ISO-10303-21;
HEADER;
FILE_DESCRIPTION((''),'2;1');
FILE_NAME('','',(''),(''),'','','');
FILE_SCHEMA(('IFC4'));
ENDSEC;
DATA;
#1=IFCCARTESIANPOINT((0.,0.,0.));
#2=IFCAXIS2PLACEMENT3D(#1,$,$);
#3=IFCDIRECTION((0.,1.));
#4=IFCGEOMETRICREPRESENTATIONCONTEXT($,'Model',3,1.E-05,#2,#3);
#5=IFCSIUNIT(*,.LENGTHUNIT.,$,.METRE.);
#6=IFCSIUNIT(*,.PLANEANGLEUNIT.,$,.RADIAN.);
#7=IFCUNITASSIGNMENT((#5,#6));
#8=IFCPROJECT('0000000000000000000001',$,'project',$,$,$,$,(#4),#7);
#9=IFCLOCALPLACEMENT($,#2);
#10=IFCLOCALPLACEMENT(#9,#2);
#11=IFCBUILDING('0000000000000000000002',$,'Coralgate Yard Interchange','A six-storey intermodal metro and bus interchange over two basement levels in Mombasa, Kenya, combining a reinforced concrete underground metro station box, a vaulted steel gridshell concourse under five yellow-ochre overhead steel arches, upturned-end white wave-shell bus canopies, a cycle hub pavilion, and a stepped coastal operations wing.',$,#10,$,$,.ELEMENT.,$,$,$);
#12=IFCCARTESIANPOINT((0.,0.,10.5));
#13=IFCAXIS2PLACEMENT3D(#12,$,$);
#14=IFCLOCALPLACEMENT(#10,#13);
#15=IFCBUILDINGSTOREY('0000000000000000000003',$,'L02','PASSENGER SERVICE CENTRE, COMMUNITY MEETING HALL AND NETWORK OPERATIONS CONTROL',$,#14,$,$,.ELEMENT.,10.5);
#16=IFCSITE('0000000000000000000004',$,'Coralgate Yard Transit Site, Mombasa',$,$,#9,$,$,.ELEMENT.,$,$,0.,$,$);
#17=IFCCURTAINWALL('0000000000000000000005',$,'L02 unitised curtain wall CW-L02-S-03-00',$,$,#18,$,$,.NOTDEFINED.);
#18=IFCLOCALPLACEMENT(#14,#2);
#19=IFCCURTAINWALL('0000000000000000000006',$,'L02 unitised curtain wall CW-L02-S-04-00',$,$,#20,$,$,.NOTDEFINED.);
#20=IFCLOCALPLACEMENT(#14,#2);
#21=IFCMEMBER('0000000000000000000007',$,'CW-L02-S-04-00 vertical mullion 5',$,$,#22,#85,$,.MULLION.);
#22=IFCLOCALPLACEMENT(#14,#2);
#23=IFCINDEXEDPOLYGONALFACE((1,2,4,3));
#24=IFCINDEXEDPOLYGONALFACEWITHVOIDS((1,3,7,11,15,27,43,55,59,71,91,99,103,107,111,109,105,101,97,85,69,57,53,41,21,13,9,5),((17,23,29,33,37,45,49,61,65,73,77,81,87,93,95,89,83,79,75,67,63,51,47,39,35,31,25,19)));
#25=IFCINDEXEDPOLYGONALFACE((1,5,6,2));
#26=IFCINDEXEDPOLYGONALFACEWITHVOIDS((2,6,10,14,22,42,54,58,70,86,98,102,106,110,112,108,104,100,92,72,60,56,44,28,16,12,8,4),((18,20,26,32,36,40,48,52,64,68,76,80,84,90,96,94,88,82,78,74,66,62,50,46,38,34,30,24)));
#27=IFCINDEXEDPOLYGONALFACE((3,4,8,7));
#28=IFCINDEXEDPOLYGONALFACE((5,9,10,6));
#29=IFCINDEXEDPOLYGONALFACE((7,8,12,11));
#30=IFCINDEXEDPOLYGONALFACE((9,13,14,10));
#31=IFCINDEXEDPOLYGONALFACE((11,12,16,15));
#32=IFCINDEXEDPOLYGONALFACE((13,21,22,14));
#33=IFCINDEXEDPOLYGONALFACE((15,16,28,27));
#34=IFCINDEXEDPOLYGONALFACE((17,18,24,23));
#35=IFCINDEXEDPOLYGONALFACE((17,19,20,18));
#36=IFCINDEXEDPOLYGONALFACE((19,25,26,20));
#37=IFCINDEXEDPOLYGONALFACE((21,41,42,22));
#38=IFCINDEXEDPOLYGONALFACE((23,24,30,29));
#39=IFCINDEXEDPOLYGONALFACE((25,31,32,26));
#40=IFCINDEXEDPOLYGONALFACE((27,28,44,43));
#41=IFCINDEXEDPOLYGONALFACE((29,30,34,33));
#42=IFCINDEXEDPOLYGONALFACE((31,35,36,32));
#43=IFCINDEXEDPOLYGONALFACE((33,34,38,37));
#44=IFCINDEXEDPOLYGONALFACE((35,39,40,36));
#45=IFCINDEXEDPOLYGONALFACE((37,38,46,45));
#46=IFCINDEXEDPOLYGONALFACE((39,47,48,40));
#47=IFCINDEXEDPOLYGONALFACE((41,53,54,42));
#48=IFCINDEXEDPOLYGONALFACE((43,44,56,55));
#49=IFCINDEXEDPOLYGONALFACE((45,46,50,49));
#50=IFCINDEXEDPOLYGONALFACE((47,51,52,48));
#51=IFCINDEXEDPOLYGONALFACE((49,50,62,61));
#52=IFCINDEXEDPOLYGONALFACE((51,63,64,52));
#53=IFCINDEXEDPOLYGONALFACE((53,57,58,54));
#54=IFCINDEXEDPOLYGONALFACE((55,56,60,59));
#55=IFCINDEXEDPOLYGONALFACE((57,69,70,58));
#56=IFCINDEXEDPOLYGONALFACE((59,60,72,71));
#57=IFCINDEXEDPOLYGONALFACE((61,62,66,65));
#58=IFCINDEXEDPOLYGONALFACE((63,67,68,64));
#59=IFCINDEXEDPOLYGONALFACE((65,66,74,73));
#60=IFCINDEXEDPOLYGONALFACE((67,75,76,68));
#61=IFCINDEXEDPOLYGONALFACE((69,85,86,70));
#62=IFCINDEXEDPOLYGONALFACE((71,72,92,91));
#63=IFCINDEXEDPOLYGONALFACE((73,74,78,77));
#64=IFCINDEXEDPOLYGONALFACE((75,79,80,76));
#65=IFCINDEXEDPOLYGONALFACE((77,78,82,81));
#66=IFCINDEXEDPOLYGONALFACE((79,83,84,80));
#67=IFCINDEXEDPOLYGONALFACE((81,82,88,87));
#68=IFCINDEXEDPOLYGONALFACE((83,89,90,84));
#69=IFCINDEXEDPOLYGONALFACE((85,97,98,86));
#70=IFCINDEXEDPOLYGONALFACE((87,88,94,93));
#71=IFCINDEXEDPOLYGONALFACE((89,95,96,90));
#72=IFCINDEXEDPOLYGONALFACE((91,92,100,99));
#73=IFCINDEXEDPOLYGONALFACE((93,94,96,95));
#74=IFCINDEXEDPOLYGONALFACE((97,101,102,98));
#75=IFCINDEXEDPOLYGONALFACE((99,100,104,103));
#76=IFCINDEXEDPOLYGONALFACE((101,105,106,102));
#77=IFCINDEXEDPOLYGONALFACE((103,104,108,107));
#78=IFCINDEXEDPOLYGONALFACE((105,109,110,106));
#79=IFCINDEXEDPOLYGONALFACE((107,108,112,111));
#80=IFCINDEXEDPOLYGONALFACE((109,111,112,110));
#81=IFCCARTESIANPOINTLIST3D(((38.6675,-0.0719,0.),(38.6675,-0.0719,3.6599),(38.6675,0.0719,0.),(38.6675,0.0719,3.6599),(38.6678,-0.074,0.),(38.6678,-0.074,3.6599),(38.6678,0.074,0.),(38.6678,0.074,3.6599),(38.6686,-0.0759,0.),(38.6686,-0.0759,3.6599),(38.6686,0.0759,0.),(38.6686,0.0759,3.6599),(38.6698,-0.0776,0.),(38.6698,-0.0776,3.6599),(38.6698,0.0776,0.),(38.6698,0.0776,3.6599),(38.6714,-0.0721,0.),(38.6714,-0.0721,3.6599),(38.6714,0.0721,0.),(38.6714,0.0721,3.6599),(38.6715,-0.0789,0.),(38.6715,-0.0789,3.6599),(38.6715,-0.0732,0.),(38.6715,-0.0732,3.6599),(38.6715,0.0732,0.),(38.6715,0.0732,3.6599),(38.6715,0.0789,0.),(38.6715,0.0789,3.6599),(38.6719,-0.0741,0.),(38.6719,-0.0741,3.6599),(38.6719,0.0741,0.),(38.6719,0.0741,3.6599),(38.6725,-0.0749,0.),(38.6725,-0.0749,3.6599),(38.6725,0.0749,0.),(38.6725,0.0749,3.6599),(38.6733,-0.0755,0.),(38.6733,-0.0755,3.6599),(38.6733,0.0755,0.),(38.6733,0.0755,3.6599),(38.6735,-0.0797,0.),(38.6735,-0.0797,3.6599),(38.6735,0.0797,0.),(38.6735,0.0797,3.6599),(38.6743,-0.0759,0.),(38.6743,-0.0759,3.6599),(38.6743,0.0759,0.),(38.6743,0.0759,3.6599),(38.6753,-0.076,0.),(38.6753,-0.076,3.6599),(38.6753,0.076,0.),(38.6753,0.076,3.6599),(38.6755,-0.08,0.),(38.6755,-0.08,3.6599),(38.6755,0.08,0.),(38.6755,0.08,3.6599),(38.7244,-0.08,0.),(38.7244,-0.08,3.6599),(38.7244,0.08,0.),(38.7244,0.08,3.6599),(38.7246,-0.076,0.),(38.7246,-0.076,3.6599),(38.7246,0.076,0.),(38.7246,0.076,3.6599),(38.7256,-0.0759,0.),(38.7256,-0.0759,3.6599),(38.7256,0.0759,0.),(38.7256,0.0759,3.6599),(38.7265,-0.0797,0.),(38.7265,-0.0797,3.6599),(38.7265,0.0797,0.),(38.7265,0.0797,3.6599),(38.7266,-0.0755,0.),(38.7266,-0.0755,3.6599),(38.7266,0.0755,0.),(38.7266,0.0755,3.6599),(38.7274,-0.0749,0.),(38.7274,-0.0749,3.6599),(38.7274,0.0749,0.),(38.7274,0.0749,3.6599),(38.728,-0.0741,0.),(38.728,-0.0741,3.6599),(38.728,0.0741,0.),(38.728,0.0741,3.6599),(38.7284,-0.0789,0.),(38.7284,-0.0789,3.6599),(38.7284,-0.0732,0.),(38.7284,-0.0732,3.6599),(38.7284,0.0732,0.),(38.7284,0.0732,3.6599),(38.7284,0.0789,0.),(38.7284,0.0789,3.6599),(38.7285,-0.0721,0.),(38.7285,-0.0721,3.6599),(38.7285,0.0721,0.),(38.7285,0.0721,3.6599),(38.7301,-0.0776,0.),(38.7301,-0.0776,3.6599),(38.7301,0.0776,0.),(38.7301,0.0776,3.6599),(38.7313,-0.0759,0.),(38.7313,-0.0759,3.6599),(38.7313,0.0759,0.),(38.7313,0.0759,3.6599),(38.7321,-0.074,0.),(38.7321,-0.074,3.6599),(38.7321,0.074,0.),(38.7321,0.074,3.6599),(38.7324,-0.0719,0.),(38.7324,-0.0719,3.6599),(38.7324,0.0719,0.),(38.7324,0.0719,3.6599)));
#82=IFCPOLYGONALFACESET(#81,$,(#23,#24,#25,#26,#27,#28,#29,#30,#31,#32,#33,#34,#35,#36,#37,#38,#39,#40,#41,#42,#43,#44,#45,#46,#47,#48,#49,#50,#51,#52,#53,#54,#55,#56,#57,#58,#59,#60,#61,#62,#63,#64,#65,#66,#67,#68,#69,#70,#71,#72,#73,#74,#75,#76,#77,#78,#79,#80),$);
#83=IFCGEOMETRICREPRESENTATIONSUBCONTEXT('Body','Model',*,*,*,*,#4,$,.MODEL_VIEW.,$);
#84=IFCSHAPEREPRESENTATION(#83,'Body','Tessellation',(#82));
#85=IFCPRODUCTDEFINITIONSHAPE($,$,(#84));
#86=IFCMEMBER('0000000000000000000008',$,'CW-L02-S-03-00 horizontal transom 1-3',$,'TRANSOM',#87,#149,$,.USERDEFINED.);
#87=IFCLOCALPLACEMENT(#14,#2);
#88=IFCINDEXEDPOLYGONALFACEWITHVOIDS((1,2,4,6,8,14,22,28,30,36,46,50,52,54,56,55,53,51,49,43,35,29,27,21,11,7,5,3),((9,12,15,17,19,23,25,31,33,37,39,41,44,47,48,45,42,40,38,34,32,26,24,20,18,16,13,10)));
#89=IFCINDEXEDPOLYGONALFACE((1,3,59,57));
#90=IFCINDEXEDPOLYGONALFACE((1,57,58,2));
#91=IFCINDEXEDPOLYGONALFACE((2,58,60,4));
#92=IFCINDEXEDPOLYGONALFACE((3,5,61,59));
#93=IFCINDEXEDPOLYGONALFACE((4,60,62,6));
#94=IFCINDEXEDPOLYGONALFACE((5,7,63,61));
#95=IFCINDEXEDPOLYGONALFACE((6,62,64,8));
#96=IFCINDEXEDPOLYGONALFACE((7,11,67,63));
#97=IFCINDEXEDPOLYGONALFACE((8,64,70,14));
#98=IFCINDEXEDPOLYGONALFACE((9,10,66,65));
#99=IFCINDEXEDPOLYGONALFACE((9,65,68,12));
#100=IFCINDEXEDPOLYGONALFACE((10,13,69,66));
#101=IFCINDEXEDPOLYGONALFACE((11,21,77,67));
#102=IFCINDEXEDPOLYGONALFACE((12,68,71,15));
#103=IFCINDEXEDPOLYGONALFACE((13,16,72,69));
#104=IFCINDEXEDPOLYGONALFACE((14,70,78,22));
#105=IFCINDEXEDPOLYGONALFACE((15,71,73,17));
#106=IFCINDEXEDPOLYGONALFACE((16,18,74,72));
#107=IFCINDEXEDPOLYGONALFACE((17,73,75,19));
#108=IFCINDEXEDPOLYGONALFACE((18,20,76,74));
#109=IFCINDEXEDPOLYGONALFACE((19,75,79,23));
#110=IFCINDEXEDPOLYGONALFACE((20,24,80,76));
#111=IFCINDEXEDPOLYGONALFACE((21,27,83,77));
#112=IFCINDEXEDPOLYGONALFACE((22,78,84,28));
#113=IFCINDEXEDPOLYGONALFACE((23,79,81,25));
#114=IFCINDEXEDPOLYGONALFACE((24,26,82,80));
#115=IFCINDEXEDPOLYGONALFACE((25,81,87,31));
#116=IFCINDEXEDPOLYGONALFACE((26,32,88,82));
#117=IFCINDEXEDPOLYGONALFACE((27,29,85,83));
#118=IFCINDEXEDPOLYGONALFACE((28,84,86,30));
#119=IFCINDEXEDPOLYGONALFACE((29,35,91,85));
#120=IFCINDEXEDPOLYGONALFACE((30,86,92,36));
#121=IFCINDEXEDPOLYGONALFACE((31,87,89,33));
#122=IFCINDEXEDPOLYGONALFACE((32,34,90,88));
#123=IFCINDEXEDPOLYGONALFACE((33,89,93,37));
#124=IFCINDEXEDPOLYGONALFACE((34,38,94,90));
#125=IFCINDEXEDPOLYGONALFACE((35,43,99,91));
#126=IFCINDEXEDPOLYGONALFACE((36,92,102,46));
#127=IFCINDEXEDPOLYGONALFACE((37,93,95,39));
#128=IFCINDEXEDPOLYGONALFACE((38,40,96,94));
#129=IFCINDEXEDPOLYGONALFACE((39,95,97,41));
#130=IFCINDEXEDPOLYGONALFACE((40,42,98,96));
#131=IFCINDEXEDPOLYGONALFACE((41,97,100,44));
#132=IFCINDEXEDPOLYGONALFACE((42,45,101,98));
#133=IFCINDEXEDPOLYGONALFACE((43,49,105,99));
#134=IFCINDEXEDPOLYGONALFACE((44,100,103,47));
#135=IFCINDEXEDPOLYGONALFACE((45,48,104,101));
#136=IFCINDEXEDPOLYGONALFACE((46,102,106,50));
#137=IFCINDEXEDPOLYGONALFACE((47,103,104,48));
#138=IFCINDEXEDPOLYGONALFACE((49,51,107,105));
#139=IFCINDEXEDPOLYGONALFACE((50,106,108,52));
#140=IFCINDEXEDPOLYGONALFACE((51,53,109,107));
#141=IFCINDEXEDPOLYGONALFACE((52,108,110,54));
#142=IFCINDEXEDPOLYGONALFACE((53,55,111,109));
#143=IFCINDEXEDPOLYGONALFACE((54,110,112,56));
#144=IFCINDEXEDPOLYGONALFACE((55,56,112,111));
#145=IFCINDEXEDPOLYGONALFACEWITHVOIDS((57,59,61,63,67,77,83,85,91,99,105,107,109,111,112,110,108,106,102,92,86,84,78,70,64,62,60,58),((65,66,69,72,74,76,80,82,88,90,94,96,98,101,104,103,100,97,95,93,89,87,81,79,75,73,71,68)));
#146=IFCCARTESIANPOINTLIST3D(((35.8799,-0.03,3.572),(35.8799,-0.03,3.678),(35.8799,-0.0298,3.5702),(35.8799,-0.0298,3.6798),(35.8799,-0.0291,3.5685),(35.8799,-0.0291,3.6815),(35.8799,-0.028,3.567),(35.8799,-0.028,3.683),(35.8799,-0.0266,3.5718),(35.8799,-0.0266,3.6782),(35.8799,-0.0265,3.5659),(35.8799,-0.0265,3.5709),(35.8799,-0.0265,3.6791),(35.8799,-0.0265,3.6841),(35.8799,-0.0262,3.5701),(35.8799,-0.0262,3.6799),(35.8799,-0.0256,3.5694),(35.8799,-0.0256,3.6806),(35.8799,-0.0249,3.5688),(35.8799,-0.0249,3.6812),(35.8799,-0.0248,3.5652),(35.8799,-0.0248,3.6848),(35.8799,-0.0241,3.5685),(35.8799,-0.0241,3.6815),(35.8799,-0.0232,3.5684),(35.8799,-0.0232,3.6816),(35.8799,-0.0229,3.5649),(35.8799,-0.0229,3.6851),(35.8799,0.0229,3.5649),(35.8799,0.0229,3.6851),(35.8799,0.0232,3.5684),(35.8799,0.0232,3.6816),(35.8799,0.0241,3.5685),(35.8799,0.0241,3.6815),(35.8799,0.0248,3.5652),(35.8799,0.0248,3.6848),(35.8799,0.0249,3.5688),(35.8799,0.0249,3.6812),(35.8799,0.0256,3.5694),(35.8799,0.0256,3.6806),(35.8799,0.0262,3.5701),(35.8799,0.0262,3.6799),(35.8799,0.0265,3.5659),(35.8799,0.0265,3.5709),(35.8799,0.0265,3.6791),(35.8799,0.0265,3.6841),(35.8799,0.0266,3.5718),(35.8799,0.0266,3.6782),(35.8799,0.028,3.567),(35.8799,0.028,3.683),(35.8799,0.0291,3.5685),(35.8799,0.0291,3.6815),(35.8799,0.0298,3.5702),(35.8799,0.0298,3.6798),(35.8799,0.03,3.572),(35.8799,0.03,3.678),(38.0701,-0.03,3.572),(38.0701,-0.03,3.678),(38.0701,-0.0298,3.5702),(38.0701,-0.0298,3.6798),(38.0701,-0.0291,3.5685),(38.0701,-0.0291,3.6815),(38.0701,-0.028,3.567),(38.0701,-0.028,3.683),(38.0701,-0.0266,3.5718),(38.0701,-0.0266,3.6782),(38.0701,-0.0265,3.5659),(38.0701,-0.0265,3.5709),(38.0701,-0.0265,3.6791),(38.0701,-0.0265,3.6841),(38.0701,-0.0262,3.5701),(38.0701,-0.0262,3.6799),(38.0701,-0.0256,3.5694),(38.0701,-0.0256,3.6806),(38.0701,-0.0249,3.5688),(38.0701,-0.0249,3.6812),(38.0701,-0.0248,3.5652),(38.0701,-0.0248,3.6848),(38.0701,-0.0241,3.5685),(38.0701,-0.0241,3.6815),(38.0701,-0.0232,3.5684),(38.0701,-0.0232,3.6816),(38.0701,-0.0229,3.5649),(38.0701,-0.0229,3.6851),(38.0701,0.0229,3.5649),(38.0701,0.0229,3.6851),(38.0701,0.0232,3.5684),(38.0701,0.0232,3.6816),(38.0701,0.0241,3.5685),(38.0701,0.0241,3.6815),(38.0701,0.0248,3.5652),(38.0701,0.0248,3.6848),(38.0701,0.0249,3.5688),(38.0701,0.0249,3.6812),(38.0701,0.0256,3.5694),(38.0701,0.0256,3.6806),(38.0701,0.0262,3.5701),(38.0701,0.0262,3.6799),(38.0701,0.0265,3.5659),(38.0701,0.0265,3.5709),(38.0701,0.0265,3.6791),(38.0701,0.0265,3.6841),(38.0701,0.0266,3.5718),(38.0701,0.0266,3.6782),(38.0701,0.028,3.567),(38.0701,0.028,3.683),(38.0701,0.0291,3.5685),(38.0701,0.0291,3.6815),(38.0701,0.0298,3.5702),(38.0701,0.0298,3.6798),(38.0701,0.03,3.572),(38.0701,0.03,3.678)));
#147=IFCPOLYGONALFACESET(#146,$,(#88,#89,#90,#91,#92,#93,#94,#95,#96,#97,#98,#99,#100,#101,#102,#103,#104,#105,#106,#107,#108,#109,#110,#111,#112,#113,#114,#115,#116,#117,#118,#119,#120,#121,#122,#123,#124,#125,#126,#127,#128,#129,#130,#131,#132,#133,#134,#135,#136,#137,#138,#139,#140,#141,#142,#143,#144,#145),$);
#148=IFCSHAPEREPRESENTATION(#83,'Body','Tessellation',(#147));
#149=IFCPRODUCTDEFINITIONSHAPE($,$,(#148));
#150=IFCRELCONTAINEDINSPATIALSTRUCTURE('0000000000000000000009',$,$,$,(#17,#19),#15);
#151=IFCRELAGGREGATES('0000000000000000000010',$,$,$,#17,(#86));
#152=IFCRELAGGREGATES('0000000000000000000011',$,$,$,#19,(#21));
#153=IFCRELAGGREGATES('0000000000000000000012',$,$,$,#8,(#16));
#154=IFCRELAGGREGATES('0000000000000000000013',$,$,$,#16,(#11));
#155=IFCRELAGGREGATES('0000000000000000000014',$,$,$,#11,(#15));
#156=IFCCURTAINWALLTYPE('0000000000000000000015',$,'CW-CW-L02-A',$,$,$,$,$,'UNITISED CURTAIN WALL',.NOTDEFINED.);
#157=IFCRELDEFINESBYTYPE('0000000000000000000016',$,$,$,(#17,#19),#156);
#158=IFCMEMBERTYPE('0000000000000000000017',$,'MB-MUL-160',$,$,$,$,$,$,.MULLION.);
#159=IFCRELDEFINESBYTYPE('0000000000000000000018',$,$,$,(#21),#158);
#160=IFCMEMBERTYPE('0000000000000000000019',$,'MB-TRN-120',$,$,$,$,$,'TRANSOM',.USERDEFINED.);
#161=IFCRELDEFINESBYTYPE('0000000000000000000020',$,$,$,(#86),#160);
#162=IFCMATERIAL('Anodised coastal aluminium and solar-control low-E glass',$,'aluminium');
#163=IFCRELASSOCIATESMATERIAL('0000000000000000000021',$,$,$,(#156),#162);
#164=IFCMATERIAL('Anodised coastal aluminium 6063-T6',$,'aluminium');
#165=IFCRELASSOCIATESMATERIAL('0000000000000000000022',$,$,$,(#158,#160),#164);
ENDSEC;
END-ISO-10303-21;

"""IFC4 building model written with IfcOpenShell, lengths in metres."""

from ifc_helpers import new_model, si_unit, direction, frame, origin, origin_2d, place, context, subcontext, project, spatial, hollow_rectangle, extrude, material, material_profile, profile_set, type_object, element, aggregate, save


model = new_model("IFC4")

# Units and contexts
model_context = context("Model", 3, precision=1e-05, world=origin(), true_north=direction((0.0, 1.0)))
body_context = subcontext(model_context, "Body", "Model", "MODEL_VIEW")
ifc_project = project(units=[si_unit("LENGTHUNIT", "METRE"), si_unit("PLANEANGLEUNIT", "RADIAN")], contexts=[model_context])

# Site, building, storey
site_placement = place(None, origin())
site = spatial("IfcSite", under=ifc_project, at=site_placement, Name="Coralgate Yard Transit Site, Mombasa", CompositionType="ELEMENT", RefElevation=0.0)
building_placement = place(site_placement, origin())
building = spatial("IfcBuilding", under=site, at=building_placement, Name="Coralgate Yard Interchange", Description="A six-storey intermodal metro and bus interchange over two basement levels in Mombasa, Kenya, combining a reinforced concrete underground metro station box, a vaulted steel gridshell concourse under five yellow-ochre overhead steel arches, upturned-end white wave-shell bus canopies, a cycle hub pavilion, and a stepped coastal operations wing.", CompositionType="ELEMENT")
storey_placement = place(building_placement, frame((0.0, 0.0, 10.5)))
storey = spatial("IfcBuildingStorey", under=building, at=storey_placement, Name="L02", Description="PASSENGER SERVICE CENTRE, COMMUNITY MEETING HALL AND NETWORK OPERATIONS CONTROL", CompositionType="ELEMENT", Elevation=10.5)

# Curtain wall
ifc_material_1 = material(Name="Anodised coastal aluminium and solar-control low-E glass", Category="aluminium")
curtain_wall_type = type_object("IfcCurtainWallType", Name="CW-CW-L02-A", ElementType="UNITISED CURTAIN WALL", PredefinedType="NOTDEFINED", material=ifc_material_1)
curtain_wall_1_placement = place(storey_placement, origin())
curtain_wall_1 = element("IfcCurtainWall", 1, at=curtain_wall_1_placement, inside=storey, type_object=curtain_wall_type, Name="L02 unitised curtain wall CW-L02-S-03-00", PredefinedType="NOTDEFINED")
ifc_material_2 = material(Name="Anodised coastal aluminium 6063-T6", Category="aluminium")
ifc_material_profile_1 = material_profile(ifc_material_2, hollow_rectangle(XDim=0.0649, YDim=0.1599, WallThickness=0.0039, InnerFilletRadius=0.0039, OuterFilletRadius=0.0081, at=origin_2d()), Name="ALU 65x160x4")
ifc_profile_set_1 = profile_set([ifc_material_profile_1], Name="Anodised coastal aluminium 6063-T6")
member_type_1 = type_object("IfcMemberType", Name="MB-MUL-160", PredefinedType="MULLION", material=ifc_profile_set_1)

# Curtain wall, member
curtain_wall_2_placement = place(storey_placement, origin())
curtain_wall_2 = element("IfcCurtainWall", 2, at=curtain_wall_2_placement, inside=storey, type_object=curtain_wall_type, Name="L02 unitised curtain wall CW-L02-S-04-00", PredefinedType="NOTDEFINED")
member_1_placement = place(storey_placement, frame((38.7, 0.0, 0.0), z_axis=(0.0, 0.0, 1.0), x_axis=(1.0, 0.0, 0.0)))
member_1 = element("IfcMember", 3, at=member_1_placement, type_object=member_type_1, Name="CW-L02-S-04-00 vertical mullion 5", PredefinedType="MULLION", context=body_context, shape_type="SweptSolid", body=[
    extrude(hollow_rectangle(XDim=0.0649, YDim=0.1599, WallThickness=0.0039, InnerFilletRadius=0.0039, OuterFilletRadius=0.0081, at=origin_2d()), origin(), (0.0, 0.0, 1.0), 3.6599),
])

# Member
ifc_material_profile_2 = material_profile(ifc_material_2, hollow_rectangle(XDim=0.0601, YDim=0.1201, WallThickness=0.0034, InnerFilletRadius=0.0034, OuterFilletRadius=0.0071, at=origin_2d()), Name="ALU 60x120x3.5")
ifc_profile_set_2 = profile_set([ifc_material_profile_2], Name="Anodised coastal aluminium 6063-T6")
member_type_2 = type_object("IfcMemberType", Name="MB-TRN-120", ElementType="TRANSOM", PredefinedType="USERDEFINED", material=ifc_profile_set_2)
member_2_placement = place(storey_placement, frame((38.0701, 0.0, 3.625), z_axis=(-1.0, 0.0, 0.0), x_axis=(0.0, -1.0, 0.0)))
member_2 = element("IfcMember", 4, at=member_2_placement, type_object=member_type_2, Name="CW-L02-S-03-00 horizontal transom 1-3", ObjectType="TRANSOM", PredefinedType="USERDEFINED", context=body_context, shape_type="SweptSolid", body=[
    extrude(hollow_rectangle(XDim=0.0601, YDim=0.1201, WallThickness=0.0034, InnerFilletRadius=0.0034, OuterFilletRadius=0.0071, at=origin_2d()), origin(), (0.0, 0.0, 1.0), 2.1902),
])
aggregate(curtain_wall_1, [member_2])

aggregate(curtain_wall_2, [member_1])

save(model, "model.ifc")
